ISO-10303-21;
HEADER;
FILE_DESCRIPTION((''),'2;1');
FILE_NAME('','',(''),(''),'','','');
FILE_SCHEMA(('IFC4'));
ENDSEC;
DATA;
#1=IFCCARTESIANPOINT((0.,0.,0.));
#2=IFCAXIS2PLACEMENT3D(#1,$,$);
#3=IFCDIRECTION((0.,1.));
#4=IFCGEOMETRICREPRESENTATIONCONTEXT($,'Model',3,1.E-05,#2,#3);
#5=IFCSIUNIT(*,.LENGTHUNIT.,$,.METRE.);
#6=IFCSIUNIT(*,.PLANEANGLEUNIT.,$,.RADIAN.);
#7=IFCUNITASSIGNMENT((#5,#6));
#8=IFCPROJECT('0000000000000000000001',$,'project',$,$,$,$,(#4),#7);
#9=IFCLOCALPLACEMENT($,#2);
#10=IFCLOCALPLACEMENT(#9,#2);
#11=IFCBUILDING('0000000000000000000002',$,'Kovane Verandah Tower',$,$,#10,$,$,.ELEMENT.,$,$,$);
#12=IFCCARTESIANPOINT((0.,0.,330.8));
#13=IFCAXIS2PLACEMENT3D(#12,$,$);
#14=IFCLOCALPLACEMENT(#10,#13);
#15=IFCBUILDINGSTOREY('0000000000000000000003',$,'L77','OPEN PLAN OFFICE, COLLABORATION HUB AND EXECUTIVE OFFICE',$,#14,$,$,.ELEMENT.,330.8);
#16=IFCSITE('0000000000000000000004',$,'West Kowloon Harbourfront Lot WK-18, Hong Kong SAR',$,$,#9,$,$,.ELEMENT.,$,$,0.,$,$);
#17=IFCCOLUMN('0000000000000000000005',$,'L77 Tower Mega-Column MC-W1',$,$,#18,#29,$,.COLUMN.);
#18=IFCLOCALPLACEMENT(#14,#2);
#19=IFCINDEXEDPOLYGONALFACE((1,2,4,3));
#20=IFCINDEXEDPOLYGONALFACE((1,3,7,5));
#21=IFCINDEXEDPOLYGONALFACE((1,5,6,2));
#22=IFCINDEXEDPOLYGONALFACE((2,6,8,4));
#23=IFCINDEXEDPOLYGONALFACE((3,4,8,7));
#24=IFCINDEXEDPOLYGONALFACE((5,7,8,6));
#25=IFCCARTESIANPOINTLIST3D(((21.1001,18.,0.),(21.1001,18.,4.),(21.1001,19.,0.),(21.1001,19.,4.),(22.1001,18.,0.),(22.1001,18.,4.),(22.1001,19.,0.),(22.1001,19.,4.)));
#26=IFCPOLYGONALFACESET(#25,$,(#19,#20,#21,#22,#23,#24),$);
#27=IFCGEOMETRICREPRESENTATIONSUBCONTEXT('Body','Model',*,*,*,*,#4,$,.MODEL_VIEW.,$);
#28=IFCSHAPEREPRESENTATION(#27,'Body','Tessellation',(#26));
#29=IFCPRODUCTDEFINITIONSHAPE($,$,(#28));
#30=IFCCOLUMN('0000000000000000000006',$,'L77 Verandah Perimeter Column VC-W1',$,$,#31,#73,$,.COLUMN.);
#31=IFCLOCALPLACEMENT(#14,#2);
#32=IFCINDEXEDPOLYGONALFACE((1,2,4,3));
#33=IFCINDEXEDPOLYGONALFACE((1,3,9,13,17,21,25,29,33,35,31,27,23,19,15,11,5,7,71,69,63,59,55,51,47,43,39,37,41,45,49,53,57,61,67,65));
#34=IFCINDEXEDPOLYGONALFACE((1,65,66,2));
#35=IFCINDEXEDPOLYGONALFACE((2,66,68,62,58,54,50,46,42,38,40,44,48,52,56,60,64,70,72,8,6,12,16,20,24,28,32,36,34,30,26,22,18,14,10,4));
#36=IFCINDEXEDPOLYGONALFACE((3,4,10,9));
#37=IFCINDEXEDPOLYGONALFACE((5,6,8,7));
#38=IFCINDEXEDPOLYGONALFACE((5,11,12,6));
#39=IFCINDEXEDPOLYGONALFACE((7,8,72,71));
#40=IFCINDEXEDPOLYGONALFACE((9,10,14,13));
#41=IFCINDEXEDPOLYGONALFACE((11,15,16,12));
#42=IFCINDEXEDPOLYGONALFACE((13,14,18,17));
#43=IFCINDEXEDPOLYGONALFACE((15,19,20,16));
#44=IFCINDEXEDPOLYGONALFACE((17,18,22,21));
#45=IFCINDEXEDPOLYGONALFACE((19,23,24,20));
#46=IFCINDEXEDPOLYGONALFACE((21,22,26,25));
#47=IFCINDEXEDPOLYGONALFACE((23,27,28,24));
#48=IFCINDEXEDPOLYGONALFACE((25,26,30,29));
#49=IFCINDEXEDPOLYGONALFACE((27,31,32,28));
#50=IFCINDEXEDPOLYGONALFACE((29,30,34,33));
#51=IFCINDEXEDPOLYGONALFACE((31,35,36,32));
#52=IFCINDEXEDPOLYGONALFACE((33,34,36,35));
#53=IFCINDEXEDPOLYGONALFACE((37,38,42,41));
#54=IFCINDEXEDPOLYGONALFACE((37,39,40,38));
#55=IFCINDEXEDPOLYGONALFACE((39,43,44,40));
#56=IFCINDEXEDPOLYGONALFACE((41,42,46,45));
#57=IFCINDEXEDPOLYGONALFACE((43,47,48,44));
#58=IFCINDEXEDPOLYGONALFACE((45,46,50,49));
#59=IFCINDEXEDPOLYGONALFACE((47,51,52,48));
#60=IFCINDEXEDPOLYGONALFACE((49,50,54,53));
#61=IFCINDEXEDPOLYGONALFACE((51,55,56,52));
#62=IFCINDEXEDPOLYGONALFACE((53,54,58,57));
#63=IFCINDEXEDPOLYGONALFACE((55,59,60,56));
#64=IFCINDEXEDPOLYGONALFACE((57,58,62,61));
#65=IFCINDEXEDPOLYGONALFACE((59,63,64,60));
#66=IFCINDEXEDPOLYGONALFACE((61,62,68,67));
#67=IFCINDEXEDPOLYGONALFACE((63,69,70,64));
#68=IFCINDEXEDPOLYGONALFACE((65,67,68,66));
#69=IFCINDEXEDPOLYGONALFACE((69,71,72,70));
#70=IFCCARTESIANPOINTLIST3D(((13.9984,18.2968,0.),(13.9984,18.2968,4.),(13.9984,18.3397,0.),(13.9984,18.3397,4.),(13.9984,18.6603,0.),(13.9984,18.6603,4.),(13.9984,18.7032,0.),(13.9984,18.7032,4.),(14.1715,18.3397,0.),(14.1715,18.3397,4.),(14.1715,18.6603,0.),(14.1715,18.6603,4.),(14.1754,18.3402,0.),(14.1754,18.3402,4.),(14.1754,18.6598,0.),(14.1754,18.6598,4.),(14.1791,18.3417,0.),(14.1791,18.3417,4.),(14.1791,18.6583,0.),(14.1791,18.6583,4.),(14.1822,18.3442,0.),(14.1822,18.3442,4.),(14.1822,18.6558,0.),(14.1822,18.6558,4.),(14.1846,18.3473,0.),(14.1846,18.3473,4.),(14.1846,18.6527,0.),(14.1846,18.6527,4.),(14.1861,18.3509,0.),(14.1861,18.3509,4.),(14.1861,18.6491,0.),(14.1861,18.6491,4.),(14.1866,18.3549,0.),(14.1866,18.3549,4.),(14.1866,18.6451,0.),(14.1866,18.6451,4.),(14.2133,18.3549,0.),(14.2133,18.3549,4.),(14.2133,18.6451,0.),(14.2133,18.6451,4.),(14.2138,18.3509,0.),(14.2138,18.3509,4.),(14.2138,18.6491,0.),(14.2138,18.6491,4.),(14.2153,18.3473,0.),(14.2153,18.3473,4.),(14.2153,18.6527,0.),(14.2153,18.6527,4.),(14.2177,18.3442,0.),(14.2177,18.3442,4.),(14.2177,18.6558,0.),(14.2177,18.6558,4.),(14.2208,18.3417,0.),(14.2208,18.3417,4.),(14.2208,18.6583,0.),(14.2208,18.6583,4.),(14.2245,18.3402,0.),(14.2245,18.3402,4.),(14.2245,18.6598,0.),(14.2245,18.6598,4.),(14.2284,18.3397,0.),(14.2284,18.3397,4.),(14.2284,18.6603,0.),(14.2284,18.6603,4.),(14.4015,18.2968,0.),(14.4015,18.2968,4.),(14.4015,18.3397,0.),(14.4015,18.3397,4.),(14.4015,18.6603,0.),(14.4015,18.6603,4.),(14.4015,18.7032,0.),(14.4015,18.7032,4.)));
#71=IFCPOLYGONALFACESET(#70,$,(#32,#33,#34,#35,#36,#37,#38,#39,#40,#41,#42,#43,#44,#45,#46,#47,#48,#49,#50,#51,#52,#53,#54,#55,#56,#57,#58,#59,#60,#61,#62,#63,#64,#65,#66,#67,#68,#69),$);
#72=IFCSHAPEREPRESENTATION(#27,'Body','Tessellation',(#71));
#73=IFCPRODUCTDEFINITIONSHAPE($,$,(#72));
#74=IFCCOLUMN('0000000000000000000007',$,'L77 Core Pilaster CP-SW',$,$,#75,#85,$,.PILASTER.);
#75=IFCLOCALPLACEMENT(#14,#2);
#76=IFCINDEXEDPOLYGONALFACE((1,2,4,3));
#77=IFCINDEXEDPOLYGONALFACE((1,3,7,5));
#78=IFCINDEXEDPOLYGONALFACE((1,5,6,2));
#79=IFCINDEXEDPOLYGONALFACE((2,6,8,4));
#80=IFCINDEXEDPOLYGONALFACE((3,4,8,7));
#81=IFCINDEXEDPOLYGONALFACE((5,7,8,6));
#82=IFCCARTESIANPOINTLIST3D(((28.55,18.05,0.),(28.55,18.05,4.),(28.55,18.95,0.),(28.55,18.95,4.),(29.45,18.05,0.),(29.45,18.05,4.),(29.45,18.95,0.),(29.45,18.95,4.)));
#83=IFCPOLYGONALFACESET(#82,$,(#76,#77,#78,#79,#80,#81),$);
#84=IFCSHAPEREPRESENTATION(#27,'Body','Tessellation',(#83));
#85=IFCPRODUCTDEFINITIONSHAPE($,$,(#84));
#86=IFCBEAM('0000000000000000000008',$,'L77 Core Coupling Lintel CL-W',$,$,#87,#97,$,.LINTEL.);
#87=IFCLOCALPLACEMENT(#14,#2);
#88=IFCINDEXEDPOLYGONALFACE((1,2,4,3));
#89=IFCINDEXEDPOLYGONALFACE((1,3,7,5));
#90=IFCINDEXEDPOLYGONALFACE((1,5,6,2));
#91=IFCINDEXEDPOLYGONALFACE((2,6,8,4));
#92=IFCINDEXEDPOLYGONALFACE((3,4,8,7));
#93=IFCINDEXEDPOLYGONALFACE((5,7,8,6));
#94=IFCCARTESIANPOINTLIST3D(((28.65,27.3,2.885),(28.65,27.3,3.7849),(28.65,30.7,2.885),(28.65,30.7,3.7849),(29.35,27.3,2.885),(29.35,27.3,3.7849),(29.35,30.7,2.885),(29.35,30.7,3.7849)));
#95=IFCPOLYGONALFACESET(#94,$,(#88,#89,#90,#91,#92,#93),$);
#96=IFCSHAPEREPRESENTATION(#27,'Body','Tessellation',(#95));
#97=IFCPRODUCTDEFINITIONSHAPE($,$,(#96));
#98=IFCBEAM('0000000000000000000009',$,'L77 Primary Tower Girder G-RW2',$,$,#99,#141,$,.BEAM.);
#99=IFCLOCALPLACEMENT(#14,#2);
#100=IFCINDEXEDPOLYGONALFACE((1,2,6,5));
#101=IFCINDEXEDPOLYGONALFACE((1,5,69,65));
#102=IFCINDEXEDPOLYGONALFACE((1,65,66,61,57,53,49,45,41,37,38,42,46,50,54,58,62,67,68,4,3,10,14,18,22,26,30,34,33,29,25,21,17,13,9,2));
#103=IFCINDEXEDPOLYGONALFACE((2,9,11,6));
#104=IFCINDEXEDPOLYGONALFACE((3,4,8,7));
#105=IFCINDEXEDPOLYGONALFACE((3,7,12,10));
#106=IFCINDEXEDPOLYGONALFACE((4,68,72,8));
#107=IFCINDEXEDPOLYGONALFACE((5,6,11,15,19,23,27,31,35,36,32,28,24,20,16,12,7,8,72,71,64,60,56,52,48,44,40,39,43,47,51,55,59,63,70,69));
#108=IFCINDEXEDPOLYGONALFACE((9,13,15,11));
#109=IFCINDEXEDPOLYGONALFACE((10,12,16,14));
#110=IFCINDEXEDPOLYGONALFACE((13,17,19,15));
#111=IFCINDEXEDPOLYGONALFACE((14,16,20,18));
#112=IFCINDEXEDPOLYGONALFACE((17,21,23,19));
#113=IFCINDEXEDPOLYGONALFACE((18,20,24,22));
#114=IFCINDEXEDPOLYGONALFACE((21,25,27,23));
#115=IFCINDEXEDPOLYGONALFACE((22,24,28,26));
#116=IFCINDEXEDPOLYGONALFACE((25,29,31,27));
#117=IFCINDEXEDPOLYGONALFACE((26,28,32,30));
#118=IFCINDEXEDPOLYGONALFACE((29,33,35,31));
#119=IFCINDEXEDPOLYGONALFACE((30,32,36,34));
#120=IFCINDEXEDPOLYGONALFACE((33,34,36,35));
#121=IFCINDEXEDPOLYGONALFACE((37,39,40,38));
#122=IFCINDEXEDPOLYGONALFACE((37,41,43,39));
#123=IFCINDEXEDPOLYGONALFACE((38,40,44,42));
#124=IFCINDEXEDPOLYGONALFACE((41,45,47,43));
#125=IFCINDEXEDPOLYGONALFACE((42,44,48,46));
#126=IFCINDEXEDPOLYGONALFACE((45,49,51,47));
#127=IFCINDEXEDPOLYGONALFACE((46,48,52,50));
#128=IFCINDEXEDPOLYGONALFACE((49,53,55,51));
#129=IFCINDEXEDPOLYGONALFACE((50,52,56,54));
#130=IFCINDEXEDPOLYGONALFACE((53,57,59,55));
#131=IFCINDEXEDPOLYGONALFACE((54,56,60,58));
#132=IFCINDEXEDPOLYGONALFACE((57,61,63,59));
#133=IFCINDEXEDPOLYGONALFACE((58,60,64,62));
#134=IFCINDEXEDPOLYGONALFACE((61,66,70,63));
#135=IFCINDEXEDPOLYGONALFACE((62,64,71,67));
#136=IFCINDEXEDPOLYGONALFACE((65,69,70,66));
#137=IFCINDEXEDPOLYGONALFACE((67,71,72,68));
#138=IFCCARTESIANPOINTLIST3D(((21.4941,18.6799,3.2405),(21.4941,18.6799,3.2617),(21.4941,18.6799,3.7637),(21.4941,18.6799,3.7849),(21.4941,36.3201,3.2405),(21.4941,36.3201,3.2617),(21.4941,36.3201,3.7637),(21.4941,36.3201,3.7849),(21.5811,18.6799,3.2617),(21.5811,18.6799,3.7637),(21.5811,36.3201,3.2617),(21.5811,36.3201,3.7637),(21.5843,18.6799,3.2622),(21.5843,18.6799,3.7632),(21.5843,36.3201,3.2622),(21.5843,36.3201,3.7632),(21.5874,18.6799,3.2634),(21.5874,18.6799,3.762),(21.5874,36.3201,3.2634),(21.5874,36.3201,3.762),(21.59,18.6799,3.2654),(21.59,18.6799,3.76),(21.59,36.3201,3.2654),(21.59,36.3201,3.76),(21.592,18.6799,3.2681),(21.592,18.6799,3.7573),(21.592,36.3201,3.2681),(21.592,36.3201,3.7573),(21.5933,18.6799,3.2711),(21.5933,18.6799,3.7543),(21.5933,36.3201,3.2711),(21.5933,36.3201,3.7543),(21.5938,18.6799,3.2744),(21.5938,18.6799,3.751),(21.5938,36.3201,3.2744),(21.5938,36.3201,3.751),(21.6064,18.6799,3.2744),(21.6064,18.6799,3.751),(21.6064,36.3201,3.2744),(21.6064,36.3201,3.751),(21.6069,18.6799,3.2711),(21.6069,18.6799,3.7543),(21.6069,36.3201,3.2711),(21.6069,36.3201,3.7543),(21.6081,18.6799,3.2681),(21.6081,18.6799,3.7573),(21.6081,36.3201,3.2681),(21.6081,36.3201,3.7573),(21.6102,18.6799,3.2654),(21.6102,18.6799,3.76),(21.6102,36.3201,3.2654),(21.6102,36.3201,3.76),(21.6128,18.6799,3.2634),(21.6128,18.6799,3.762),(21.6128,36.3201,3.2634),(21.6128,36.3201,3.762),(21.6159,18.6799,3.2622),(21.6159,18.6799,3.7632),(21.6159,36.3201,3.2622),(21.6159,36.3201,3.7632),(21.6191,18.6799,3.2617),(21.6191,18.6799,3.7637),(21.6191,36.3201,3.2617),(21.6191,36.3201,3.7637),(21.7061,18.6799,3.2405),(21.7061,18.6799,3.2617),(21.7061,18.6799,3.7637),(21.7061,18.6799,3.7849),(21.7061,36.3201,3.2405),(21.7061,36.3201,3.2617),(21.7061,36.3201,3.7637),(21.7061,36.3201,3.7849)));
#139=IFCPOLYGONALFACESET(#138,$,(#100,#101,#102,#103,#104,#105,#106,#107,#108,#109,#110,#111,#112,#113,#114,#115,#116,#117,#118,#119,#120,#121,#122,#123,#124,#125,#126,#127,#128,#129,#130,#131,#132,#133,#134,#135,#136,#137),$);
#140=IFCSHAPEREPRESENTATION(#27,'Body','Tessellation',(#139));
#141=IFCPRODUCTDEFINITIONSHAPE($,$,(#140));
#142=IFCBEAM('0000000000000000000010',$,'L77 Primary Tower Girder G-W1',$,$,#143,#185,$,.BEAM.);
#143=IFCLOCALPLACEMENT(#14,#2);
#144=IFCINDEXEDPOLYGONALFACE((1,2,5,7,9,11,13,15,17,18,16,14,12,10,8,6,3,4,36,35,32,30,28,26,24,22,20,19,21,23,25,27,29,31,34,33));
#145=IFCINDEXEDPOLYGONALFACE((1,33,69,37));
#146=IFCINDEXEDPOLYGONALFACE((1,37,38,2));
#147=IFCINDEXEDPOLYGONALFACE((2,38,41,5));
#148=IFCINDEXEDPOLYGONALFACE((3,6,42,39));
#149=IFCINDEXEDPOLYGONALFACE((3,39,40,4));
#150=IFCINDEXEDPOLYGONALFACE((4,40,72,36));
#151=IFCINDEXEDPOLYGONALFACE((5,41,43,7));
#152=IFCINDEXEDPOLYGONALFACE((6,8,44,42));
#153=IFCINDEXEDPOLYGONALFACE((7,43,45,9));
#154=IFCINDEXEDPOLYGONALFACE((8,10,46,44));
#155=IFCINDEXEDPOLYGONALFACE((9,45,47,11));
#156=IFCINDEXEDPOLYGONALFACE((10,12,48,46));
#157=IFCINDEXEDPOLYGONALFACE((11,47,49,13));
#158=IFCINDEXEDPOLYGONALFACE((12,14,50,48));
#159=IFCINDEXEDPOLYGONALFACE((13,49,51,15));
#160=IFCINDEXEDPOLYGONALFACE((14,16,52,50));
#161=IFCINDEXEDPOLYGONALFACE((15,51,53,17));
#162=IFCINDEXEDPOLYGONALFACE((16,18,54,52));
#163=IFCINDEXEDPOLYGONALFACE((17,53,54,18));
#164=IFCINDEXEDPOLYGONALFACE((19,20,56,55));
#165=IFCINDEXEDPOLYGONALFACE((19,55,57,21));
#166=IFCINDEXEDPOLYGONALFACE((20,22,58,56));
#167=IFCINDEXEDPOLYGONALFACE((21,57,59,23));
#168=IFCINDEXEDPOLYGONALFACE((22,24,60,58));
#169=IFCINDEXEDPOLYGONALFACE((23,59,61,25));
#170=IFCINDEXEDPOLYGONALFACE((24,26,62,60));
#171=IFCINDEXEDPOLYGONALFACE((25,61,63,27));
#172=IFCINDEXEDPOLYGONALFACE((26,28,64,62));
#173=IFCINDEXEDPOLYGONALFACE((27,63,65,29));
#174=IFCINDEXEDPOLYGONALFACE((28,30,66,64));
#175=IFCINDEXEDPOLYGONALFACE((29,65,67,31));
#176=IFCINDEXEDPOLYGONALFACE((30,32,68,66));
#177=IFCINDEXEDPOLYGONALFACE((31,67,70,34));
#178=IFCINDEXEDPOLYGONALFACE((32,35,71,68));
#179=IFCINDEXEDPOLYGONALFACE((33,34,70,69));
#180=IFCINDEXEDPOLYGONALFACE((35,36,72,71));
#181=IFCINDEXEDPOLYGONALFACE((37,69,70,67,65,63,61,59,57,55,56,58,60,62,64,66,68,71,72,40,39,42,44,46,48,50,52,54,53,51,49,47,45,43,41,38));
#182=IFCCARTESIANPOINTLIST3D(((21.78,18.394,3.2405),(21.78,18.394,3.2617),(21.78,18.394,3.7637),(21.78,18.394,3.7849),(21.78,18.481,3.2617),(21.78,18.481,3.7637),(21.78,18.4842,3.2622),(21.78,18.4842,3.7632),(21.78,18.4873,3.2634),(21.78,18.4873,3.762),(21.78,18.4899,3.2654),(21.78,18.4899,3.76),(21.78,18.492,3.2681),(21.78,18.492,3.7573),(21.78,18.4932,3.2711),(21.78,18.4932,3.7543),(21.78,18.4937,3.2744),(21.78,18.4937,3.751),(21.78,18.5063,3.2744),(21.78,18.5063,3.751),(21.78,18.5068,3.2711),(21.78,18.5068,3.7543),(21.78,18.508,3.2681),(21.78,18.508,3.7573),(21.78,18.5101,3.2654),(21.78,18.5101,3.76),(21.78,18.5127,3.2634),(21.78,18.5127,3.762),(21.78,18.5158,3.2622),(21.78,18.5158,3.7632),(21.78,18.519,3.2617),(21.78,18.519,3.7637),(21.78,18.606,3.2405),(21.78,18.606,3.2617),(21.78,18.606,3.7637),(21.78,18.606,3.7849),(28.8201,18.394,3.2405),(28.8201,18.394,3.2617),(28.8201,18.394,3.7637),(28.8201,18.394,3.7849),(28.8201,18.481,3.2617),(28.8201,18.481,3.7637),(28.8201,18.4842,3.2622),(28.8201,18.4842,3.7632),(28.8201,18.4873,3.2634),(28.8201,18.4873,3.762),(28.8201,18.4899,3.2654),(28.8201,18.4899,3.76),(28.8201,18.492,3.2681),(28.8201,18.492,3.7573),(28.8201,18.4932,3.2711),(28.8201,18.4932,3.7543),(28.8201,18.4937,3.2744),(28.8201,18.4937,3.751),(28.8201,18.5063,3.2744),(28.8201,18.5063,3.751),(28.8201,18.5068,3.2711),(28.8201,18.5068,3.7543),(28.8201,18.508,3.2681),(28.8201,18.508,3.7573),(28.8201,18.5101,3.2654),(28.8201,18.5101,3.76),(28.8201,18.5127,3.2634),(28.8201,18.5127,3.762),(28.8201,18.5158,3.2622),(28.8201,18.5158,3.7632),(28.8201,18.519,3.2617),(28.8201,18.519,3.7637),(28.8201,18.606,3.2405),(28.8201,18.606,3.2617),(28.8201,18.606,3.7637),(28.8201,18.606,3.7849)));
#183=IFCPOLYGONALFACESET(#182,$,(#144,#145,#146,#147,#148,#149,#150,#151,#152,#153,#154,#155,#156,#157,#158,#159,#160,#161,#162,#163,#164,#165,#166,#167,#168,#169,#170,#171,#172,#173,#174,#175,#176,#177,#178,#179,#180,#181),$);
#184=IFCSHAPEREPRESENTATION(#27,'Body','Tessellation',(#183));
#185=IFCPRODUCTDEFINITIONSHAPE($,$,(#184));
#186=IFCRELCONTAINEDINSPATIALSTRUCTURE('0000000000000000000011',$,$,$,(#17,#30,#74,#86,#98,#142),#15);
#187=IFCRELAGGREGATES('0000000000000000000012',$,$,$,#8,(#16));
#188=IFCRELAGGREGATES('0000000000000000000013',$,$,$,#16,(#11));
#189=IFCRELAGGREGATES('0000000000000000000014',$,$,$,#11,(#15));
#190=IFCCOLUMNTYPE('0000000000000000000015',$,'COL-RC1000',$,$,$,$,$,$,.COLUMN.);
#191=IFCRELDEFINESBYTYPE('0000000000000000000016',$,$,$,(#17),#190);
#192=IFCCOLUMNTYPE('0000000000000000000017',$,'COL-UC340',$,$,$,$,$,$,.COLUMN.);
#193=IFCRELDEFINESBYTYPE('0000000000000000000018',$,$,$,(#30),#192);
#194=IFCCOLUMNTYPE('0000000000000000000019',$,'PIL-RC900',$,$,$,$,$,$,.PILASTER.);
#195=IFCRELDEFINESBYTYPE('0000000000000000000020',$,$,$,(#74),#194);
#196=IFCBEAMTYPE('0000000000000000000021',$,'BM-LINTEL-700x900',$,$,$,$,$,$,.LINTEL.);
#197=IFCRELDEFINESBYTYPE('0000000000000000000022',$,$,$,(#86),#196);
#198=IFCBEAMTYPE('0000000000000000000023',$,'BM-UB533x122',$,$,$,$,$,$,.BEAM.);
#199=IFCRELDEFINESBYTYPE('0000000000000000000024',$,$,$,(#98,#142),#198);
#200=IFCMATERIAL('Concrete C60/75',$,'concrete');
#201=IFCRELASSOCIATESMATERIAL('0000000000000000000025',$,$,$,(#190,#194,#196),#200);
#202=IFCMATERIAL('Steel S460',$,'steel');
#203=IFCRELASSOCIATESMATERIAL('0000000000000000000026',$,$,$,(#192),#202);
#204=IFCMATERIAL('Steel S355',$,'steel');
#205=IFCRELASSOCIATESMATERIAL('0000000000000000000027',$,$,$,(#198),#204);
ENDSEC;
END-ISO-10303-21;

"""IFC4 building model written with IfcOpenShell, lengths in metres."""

from ifc_helpers import new_model, si_unit, direction, frame, origin, origin_2d, place, context, subcontext, project, spatial, rectangle, i_section, extrude, material, material_profile, profile_set, type_object, element, save


model = new_model("IFC4")

# Units and contexts
model_context = context("Model", 3, precision=1e-05, world=origin(), true_north=direction((0.0, 1.0)))
body_context = subcontext(model_context, "Body", "Model", "MODEL_VIEW")
ifc_project = project(units=[si_unit("LENGTHUNIT", "METRE"), si_unit("PLANEANGLEUNIT", "RADIAN")], contexts=[model_context])

# Site, building, storey
site_placement = place(None, origin())
site = spatial("IfcSite", under=ifc_project, at=site_placement, Name="West Kowloon Harbourfront Lot WK-18, Hong Kong SAR", CompositionType="ELEMENT", RefElevation=0.0)
building_placement = place(site_placement, origin())
building = spatial("IfcBuilding", under=site, at=building_placement, Name="Kovane Verandah Tower", CompositionType="ELEMENT")
storey_placement = place(building_placement, frame((0.0, 0.0, 330.8)))
storey = spatial("IfcBuildingStorey", under=building, at=storey_placement, Name="L77", Description="OPEN PLAN OFFICE, COLLABORATION HUB AND EXECUTIVE OFFICE", CompositionType="ELEMENT", Elevation=330.8)

# Columns
ifc_material_1 = material(Name="Concrete C60/75", Category="concrete")
ifc_material_profile_1 = material_profile(ifc_material_1, rectangle(XDim=1.0, YDim=1.0, at=origin_2d()), Name="RC1000x1000")
ifc_profile_set_1 = profile_set([ifc_material_profile_1], Name="Concrete C60/75")
column_type_1 = type_object("IfcColumnType", Name="COL-RC1000", PredefinedType="COLUMN", material=ifc_profile_set_1)
column_1_placement = place(storey_placement, frame((21.6001, 18.5, 0.0), z_axis=(0.0, 0.0, 1.0), x_axis=(1.0, 0.0, 0.0)))
element("IfcColumn", 1, at=column_1_placement, inside=storey, type_object=column_type_1, Name="L77 Tower Mega-Column MC-W1", PredefinedType="COLUMN", context=body_context, shape_type="SweptSolid", body=[
    extrude(rectangle(XDim=1.0, YDim=1.0, at=origin_2d()), origin(), (0.0, 0.0, 1.0), 4.0),
])
ifc_material_2 = material(Name="Steel S460", Category="steel")
ifc_material_profile_2 = material_profile(ifc_material_2, i_section(OverallWidth=0.4031, OverallDepth=0.4065, WebThickness=0.0266, FlangeThickness=0.043, FilletRadius=0.0151, at=origin_2d()), Name="UC356x406x340")
ifc_profile_set_2 = profile_set([ifc_material_profile_2], Name="Steel S460")
column_type_2 = type_object("IfcColumnType", Name="COL-UC340", PredefinedType="COLUMN", material=ifc_profile_set_2)
column_2_placement = place(storey_placement, frame((14.2, 18.5, 0.0), z_axis=(0.0, 0.0, 1.0), x_axis=(1.0, 0.0, 0.0)))
element("IfcColumn", 2, at=column_2_placement, inside=storey, type_object=column_type_2, Name="L77 Verandah Perimeter Column VC-W1", PredefinedType="COLUMN", context=body_context, shape_type="SweptSolid", body=[
    extrude(i_section(OverallWidth=0.4031, OverallDepth=0.4065, WebThickness=0.0266, FlangeThickness=0.043, FilletRadius=0.0151, at=origin_2d()), origin(), (0.0, 0.0, 1.0), 4.0),
])
ifc_material_profile_3 = material_profile(ifc_material_1, rectangle(XDim=0.8999, YDim=0.8999, at=origin_2d()), Name="RC900x900")
ifc_profile_set_3 = profile_set([ifc_material_profile_3], Name="Concrete C60/75")
column_type_3 = type_object("IfcColumnType", Name="PIL-RC900", PredefinedType="PILASTER", material=ifc_profile_set_3)
column_3_placement = place(storey_placement, frame((29.0, 18.5, 0.0), z_axis=(0.0, 0.0, 1.0), x_axis=(1.0, 0.0, 0.0)))
element("IfcColumn", 3, at=column_3_placement, inside=storey, type_object=column_type_3, Name="L77 Core Pilaster CP-SW", PredefinedType="PILASTER", context=body_context, shape_type="SweptSolid", body=[
    extrude(rectangle(XDim=0.8999, YDim=0.8999, at=origin_2d()), origin(), (0.0, 0.0, 1.0), 4.0),
])

# Beams
ifc_material_profile_4 = material_profile(ifc_material_1, rectangle(XDim=0.7, YDim=0.8999, at=origin_2d()), Name="RCB700x900")
ifc_profile_set_4 = profile_set([ifc_material_profile_4], Name="Concrete C60/75")
beam_type_1 = type_object("IfcBeamType", Name="BM-LINTEL-700x900", PredefinedType="LINTEL", material=ifc_profile_set_4)
beam_1_placement = place(storey_placement, frame((29.0, 27.3, 3.335), z_axis=(0.0, 1.0, 0.0), x_axis=(-1.0, 0.0, 0.0)))
element("IfcBeam", 4, at=beam_1_placement, inside=storey, type_object=beam_type_1, Name="L77 Core Coupling Lintel CL-W", PredefinedType="LINTEL", context=body_context, shape_type="SweptSolid", body=[
    extrude(rectangle(XDim=0.7, YDim=0.8999, at=origin_2d()), origin(), (0.0, 0.0, 1.0), 3.3999),
])
ifc_material_3 = material(Name="Steel S355", Category="steel")
ifc_material_profile_5 = material_profile(ifc_material_3, i_section(OverallWidth=0.2119, OverallDepth=0.5444, WebThickness=0.0127, FlangeThickness=0.0212, FilletRadius=0.0127, at=origin_2d()), Name="UB533x210x122")
ifc_profile_set_5 = profile_set([ifc_material_profile_5], Name="Steel S355")
beam_type_2 = type_object("IfcBeamType", Name="BM-UB533x122", PredefinedType="BEAM", material=ifc_profile_set_5)
beam_2_placement = place(storey_placement, frame((21.6001, 18.6799, 3.5127), z_axis=(0.0, 1.0, 0.0), x_axis=(-1.0, 0.0, 0.0)))
element("IfcBeam", 5, at=beam_2_placement, inside=storey, type_object=beam_type_2, Name="L77 Primary Tower Girder G-RW2", PredefinedType="BEAM", context=body_context, shape_type="SweptSolid", body=[
    extrude(i_section(OverallWidth=0.2119, OverallDepth=0.5444, WebThickness=0.0127, FlangeThickness=0.0212, FilletRadius=0.0127, at=origin_2d()), origin(), (0.0, 0.0, 1.0), 17.6401),
])
beam_3_placement = place(storey_placement, frame((28.8201, 18.5, 3.5127), z_axis=(-1.0, 0.0, 0.0), x_axis=(0.0, -1.0, 0.0)))
element("IfcBeam", 6, at=beam_3_placement, inside=storey, type_object=beam_type_2, Name="L77 Primary Tower Girder G-W1", PredefinedType="BEAM", context=body_context, shape_type="SweptSolid", body=[
    extrude(i_section(OverallWidth=0.2119, OverallDepth=0.5444, WebThickness=0.0127, FlangeThickness=0.0212, FilletRadius=0.0127, at=origin_2d()), origin(), (0.0, 0.0, 1.0), 7.04),
])

save(model, "model.ifc")
